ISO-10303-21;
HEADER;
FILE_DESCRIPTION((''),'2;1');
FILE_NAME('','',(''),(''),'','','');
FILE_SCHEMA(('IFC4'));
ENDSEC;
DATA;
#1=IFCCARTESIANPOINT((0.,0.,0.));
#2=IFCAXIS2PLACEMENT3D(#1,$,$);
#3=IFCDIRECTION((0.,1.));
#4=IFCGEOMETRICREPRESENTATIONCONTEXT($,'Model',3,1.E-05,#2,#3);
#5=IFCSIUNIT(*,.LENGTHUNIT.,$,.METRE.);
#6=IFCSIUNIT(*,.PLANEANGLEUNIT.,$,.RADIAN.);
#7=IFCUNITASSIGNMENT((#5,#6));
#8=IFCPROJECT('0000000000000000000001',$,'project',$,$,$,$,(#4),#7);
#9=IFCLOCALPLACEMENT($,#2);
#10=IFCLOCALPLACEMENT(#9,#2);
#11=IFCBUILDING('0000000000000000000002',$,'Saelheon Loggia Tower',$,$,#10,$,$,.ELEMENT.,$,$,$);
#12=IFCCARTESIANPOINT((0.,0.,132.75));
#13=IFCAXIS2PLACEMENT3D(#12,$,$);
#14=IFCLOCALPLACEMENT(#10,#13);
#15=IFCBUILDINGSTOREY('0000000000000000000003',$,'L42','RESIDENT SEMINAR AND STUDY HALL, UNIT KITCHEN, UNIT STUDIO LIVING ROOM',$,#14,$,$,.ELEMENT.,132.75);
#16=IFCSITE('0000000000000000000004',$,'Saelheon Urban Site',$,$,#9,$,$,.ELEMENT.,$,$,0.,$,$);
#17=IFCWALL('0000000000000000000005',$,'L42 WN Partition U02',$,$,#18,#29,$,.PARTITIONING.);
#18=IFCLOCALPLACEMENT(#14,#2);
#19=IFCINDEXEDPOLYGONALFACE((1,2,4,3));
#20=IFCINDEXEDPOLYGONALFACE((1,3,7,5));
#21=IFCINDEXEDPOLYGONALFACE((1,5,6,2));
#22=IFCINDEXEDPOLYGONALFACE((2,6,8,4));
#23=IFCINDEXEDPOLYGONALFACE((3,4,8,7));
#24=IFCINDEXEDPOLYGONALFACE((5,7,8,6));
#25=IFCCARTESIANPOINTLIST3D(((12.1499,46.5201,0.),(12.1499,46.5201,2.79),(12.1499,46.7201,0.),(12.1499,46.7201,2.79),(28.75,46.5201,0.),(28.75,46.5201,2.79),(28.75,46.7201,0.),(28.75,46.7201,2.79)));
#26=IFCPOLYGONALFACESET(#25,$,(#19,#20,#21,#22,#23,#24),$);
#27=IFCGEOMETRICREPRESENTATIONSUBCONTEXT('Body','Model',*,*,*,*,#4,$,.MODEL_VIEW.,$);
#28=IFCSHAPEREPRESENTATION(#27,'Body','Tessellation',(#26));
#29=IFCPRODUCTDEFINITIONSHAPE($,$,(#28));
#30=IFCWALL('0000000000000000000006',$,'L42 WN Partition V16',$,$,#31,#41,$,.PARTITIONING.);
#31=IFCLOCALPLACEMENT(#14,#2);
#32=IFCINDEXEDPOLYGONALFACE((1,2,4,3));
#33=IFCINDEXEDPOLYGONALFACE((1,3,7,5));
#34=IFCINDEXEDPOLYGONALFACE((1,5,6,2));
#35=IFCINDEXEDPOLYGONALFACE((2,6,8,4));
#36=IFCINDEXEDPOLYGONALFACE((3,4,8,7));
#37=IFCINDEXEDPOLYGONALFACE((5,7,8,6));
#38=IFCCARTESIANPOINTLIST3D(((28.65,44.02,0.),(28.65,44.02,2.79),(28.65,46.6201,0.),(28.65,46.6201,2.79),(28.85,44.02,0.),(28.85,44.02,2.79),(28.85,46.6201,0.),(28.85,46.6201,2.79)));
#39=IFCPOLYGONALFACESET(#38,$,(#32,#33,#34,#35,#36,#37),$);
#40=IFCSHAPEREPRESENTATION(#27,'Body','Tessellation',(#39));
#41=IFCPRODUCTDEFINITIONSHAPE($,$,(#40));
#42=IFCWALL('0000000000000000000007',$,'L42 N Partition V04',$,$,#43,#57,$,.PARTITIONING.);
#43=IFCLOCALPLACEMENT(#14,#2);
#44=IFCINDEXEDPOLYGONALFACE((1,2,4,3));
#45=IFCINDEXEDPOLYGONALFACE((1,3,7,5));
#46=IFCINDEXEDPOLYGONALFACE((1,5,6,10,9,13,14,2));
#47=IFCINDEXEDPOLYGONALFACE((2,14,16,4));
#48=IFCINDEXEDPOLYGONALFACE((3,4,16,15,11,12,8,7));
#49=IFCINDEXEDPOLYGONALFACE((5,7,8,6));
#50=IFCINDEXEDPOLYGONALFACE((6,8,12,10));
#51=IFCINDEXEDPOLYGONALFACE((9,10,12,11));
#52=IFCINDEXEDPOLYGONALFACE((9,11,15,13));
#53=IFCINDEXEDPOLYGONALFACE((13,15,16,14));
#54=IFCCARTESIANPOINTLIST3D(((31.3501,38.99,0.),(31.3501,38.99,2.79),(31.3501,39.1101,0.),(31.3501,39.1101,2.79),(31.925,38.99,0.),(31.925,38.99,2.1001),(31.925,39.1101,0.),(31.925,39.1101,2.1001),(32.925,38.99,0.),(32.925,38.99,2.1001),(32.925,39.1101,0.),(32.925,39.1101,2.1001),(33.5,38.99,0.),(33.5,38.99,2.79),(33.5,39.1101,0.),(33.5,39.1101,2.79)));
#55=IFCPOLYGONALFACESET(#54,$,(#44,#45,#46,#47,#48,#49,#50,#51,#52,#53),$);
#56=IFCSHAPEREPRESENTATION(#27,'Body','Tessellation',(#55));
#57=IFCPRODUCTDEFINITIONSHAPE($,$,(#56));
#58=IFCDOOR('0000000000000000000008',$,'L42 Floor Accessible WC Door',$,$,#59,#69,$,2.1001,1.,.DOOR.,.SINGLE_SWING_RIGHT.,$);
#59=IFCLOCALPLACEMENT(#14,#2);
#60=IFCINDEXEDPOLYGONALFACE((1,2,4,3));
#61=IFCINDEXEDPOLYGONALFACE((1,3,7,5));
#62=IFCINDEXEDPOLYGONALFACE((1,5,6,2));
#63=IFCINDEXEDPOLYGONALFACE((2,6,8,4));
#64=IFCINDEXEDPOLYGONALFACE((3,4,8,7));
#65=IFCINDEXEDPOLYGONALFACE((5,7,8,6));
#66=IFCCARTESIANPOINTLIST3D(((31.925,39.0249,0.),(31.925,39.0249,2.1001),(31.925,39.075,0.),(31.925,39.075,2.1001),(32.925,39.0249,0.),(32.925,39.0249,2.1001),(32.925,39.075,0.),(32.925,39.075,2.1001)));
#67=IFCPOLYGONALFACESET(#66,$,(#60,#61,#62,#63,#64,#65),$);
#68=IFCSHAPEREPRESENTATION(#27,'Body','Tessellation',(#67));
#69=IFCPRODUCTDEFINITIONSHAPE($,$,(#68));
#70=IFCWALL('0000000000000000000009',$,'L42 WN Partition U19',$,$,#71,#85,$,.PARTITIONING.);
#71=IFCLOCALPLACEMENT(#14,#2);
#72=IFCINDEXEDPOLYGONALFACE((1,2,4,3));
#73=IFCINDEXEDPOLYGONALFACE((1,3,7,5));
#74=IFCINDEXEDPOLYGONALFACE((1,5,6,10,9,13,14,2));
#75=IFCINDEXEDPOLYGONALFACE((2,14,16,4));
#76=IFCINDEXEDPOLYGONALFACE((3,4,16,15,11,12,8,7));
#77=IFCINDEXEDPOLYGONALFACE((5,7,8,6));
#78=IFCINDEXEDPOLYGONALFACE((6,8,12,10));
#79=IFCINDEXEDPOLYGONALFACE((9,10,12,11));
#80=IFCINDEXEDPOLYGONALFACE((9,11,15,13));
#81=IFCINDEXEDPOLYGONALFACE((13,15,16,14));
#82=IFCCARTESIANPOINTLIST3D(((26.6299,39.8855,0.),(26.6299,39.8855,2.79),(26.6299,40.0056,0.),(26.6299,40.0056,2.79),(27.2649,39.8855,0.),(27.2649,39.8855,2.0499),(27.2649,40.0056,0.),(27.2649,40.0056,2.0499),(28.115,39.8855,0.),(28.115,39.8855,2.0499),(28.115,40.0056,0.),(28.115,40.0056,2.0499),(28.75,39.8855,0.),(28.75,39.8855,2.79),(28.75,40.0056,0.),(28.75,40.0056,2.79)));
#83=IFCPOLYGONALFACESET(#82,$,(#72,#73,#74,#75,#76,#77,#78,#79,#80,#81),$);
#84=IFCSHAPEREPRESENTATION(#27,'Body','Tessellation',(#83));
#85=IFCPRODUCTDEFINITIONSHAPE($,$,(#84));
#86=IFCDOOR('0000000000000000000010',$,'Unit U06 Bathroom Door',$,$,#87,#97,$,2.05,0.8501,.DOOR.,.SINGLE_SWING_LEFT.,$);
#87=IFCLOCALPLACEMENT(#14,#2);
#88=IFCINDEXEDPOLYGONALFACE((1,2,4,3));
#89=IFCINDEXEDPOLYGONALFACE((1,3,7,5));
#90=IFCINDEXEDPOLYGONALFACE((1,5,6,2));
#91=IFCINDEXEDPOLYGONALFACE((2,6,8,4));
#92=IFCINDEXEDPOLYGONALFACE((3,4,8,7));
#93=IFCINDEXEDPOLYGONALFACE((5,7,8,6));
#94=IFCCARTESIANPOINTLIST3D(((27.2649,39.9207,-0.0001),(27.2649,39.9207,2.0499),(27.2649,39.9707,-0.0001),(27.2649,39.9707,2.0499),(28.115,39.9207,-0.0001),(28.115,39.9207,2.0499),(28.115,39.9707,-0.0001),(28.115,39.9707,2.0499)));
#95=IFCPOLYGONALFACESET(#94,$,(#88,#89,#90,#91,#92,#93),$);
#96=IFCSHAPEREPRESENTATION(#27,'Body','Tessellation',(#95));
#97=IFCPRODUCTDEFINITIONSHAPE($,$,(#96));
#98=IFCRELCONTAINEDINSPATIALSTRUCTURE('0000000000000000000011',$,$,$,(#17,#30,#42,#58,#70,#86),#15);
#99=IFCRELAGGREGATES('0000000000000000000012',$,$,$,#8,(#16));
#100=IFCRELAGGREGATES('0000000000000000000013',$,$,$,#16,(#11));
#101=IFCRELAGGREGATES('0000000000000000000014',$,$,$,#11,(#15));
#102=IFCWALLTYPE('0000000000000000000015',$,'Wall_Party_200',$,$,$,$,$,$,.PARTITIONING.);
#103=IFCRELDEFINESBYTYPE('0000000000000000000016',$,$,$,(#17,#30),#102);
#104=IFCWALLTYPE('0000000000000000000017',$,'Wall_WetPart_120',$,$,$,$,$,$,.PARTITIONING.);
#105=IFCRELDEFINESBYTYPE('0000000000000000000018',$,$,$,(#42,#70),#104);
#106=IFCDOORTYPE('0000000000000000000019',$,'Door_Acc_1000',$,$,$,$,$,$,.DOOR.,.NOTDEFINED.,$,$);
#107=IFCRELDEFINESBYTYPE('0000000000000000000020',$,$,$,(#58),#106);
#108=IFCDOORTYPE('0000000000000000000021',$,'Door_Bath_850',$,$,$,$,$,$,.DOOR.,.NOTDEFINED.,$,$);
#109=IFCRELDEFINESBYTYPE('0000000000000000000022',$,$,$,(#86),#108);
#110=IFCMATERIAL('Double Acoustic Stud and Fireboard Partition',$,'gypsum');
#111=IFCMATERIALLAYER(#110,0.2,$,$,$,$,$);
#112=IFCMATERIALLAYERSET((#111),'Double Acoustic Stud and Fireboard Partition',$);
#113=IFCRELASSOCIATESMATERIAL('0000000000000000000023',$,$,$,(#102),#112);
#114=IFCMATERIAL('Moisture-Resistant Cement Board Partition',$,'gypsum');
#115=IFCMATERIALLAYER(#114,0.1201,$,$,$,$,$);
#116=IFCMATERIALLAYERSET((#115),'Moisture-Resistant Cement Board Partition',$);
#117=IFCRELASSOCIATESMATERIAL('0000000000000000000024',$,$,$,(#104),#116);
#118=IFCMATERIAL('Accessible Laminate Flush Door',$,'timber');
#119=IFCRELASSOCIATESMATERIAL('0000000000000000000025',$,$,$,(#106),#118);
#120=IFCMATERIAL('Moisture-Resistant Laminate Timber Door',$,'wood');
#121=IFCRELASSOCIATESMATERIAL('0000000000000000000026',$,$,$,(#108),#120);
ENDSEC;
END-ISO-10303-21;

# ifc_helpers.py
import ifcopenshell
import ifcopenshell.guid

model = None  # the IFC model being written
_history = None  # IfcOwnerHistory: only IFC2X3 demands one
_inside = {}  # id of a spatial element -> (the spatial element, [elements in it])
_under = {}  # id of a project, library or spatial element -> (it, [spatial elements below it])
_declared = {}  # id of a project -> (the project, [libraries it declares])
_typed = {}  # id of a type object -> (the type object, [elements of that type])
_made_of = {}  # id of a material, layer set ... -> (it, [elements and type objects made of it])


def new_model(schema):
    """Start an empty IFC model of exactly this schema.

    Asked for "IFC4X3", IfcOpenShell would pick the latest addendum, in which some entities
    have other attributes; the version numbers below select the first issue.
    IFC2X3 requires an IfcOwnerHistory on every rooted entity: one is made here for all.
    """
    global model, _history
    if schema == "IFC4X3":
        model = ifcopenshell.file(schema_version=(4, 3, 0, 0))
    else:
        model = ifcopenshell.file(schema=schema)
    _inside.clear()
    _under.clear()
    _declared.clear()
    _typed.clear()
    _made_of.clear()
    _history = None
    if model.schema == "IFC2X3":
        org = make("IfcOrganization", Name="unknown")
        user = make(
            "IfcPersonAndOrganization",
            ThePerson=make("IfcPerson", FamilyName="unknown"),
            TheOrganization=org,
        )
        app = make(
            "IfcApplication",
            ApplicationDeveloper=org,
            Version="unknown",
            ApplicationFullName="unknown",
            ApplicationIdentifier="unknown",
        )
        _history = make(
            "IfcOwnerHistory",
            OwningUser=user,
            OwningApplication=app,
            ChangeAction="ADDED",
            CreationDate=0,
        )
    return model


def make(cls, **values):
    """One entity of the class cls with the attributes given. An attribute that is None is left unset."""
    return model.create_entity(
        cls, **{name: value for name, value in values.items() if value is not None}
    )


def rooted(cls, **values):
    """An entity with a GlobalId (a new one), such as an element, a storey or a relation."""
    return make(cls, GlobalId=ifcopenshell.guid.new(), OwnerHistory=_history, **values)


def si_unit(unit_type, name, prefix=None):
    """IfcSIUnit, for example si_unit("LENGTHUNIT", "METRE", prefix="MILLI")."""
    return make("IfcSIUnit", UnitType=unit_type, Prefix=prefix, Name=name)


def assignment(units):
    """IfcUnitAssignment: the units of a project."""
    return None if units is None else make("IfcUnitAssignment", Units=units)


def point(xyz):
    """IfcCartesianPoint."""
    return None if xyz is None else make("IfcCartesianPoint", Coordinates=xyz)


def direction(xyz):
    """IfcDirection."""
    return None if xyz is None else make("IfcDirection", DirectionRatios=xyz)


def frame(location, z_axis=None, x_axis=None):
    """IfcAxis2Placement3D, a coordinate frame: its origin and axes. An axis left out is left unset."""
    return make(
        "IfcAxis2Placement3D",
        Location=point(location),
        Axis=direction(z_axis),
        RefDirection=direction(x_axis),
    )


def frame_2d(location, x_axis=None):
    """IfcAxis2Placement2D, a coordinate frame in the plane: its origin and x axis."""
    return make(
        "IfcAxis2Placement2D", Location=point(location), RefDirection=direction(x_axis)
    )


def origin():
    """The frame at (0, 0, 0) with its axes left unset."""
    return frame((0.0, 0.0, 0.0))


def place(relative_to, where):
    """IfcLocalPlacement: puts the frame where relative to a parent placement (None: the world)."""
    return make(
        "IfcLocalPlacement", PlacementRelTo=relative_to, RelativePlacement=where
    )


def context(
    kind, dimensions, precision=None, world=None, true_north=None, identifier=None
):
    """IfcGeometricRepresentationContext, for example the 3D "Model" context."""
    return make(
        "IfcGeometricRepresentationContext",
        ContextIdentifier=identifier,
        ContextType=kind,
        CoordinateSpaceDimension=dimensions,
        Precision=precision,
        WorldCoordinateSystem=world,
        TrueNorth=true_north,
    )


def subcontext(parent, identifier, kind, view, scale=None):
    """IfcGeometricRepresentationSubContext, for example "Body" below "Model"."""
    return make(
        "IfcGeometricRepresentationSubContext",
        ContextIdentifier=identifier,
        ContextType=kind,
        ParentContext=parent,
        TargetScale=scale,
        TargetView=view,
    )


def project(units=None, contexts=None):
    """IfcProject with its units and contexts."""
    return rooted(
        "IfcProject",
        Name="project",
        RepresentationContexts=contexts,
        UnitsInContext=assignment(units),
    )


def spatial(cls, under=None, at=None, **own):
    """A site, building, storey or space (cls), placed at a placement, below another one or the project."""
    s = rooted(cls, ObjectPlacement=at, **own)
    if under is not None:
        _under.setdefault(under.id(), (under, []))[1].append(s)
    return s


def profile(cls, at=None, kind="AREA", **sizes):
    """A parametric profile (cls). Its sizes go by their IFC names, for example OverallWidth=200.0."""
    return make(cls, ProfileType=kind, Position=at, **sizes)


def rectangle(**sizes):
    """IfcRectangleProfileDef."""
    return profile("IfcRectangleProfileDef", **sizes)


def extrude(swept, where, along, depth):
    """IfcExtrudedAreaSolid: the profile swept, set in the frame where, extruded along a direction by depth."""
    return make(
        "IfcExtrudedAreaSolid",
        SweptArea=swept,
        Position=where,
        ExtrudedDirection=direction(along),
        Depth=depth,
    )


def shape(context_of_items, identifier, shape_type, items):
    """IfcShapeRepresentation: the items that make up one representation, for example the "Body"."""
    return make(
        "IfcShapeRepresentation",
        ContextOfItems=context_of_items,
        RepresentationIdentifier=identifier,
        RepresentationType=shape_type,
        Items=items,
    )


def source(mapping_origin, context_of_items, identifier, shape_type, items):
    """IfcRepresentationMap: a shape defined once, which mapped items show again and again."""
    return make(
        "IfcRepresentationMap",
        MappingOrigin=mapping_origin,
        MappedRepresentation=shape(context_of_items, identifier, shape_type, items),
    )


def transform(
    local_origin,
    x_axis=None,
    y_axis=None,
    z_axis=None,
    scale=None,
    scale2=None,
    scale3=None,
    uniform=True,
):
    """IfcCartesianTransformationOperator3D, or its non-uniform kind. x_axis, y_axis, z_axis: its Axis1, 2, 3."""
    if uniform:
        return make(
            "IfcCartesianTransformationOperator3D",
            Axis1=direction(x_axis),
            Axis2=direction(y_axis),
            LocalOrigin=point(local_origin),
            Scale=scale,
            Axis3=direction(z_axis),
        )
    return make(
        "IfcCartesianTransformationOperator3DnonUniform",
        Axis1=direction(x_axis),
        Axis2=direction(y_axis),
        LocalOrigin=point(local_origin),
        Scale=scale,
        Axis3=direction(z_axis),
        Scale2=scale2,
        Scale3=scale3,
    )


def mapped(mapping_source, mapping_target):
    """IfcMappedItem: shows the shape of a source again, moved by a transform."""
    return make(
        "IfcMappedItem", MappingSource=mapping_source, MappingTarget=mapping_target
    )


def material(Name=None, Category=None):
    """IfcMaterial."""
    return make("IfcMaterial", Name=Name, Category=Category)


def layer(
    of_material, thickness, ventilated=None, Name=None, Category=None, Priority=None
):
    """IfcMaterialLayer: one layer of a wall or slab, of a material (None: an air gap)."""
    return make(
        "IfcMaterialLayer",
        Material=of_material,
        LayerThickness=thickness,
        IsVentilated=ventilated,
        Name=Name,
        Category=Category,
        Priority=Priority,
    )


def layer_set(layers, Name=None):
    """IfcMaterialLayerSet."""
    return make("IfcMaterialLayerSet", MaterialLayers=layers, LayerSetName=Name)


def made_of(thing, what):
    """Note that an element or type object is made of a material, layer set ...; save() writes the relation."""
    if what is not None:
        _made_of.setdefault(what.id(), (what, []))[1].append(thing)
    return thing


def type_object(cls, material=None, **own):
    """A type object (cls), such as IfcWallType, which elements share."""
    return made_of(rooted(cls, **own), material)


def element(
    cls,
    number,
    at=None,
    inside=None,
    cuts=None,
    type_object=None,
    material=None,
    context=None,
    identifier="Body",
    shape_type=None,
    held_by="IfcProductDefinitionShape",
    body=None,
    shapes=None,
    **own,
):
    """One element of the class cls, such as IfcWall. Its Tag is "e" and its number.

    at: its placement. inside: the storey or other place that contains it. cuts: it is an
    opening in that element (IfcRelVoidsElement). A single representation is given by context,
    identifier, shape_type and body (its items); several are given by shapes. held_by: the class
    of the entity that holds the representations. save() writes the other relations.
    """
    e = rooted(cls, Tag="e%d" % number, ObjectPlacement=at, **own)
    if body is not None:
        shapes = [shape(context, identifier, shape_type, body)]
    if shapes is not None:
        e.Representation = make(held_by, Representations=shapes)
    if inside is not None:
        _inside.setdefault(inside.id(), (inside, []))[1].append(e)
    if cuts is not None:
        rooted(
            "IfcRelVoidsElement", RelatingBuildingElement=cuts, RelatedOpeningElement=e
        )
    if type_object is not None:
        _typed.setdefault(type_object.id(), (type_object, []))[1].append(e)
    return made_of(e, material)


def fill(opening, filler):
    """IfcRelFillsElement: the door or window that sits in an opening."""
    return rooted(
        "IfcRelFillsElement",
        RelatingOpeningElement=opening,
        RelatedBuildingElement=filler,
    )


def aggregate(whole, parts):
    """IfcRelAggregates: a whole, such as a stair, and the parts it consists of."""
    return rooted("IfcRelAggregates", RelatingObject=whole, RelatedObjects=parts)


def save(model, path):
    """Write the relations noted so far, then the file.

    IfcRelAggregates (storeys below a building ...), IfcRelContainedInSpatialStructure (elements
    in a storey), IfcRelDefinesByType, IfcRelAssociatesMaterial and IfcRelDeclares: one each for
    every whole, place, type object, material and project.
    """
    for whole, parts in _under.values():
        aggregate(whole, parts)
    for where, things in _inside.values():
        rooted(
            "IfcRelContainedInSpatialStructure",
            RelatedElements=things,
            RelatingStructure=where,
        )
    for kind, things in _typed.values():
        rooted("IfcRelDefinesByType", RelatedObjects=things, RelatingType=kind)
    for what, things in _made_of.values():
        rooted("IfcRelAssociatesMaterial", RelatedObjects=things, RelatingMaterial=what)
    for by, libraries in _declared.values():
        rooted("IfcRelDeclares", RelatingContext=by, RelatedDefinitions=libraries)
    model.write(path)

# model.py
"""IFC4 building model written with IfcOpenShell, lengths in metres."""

from ifc_helpers import new_model, si_unit, direction, frame, frame_2d, origin, place, context, subcontext, project, spatial, rectangle, extrude, source, transform, mapped, material, layer, layer_set, type_object, element, fill, save


model = new_model("IFC4")

# Units and contexts
model_context = context("Model", 3, precision=1e-05, world=origin(), true_north=direction((0.0, 1.0)))
body_context = subcontext(model_context, "Body", "Model", "MODEL_VIEW")
ifc_project = project(units=[si_unit("LENGTHUNIT", "METRE"), si_unit("PLANEANGLEUNIT", "RADIAN")], contexts=[model_context])

# Site, building, storey
site_placement = place(None, origin())
site = spatial("IfcSite", under=ifc_project, at=site_placement, Name="Saelheon Urban Site", CompositionType="ELEMENT", RefElevation=0.0)
building_placement = place(site_placement, origin())
building = spatial("IfcBuilding", under=site, at=building_placement, Name="Saelheon Loggia Tower", CompositionType="ELEMENT")
storey_placement = place(building_placement, frame((0.0, 0.0, 132.75)))
storey = spatial("IfcBuildingStorey", under=building, at=storey_placement, Name="L42", Description="RESIDENT SEMINAR AND STUDY HALL, UNIT KITCHEN, UNIT STUDIO LIVING ROOM", CompositionType="ELEMENT", Elevation=132.75)

# Wall
ifc_material_1 = material(Name="Double Acoustic Stud and Fireboard Partition", Category="gypsum")
ifc_layer_1 = layer(ifc_material_1, 0.2)
ifc_layer_set_1 = layer_set([ifc_layer_1], Name="Double Acoustic Stud and Fireboard Partition")
wall_type_1 = type_object("IfcWallType", Name="Wall_Party_200", PredefinedType="PARTITIONING", material=ifc_layer_set_1)
wall_1_placement = place(storey_placement, frame((28.75, 46.6201, 0.0), z_axis=(0.0, 0.0, 1.0), x_axis=(-1.0, 0.0, 0.0)))
element("IfcWall", 1, at=wall_1_placement, inside=storey, type_object=wall_type_1, Name="L42 WN Partition U02", PredefinedType="PARTITIONING", context=body_context, shape_type="SweptSolid", body=[
    extrude(rectangle(XDim=16.6001, YDim=0.2, at=frame_2d((8.3, 0.0))), origin(), (0.0, 0.0, 1.0), 2.79),
])

# Wall
wall_2_placement = place(storey_placement, frame((28.75, 44.02, 0.0), z_axis=(0.0, 0.0, 1.0), x_axis=(0.0, 1.0, 0.0)))
element("IfcWall", 2, at=wall_2_placement, inside=storey, type_object=wall_type_1, Name="L42 WN Partition V16", PredefinedType="PARTITIONING", context=body_context, shape_type="SweptSolid", body=[
    extrude(rectangle(XDim=2.6001, YDim=0.2, at=frame_2d((1.3, 0.0))), origin(), (0.0, 0.0, 1.0), 2.79),
])

# Walls, openings, doors
ifc_material_2 = material(Name="Moisture-Resistant Cement Board Partition", Category="gypsum")
ifc_layer_2 = layer(ifc_material_2, 0.1201)
ifc_layer_set_2 = layer_set([ifc_layer_2], Name="Moisture-Resistant Cement Board Partition")
wall_type_2 = type_object("IfcWallType", Name="Wall_WetPart_120", PredefinedType="PARTITIONING", material=ifc_layer_set_2)
wall_3_placement = place(storey_placement, frame((31.3501, 39.05, 0.0), z_axis=(0.0, 0.0, 1.0), x_axis=(1.0, 0.0, 0.0)))
wall_3 = element("IfcWall", 3, at=wall_3_placement, inside=storey, type_object=wall_type_2, Name="L42 N Partition V04", PredefinedType="PARTITIONING", context=body_context, shape_type="SweptSolid", body=[
    extrude(rectangle(XDim=2.1499, YDim=0.1201, at=frame_2d((1.075, 0.0))), origin(), (0.0, 0.0, 1.0), 2.79),
])
opening_1_placement = place(wall_3_placement, frame((0.575, 0.0, 0.0)))
opening_1 = element("IfcOpeningElement", 4, at=opening_1_placement, cuts=wall_3, PredefinedType="OPENING", context=body_context, shape_type="SweptSolid", body=[
    extrude(rectangle(XDim=1.0, YDim=2.1001, at=frame_2d((0.5, 1.05))), frame((0.0, 0.072, 0.0), z_axis=(0.0, -1.0, 0.0), x_axis=(1.0, 0.0, 0.0)), (0.0, 0.0, 1.0), 0.144),
])
ifc_material_3 = material(Name="Accessible Laminate Flush Door", Category="timber")
door_type_1 = type_object("IfcDoorType", Name="Door_Acc_1000", OperationType="NOTDEFINED", PredefinedType="DOOR", material=ifc_material_3)
shared_shape_1 = source(origin(), body_context, "Body", "SweptSolid", [
    extrude(rectangle(XDim=1.0, YDim=2.1001, at=frame_2d((0.5, 1.05))), frame((0.0, 0.0249, 0.0), z_axis=(0.0, -1.0, 0.0), x_axis=(1.0, 0.0, 0.0)), (0.0, 0.0, 1.0), 0.05),
])
door_1_placement = place(opening_1_placement, origin())
door_1 = element("IfcDoor", 5, at=door_1_placement, inside=storey, type_object=door_type_1, Name="L42 Floor Accessible WC Door", OperationType="SINGLE_SWING_RIGHT", OverallHeight=2.1001, OverallWidth=1.0, PredefinedType="DOOR", context=body_context, shape_type="MappedRepresentation", body=[
    mapped(shared_shape_1, transform((0.0, 0.0, 0.0), scale=1.0)),
])
fill(opening_1, door_1)
wall_4_placement = place(storey_placement, frame((28.75, 39.9456, 0.0), z_axis=(0.0, 0.0, 1.0), x_axis=(-1.0, 0.0, 0.0)))
wall_4 = element("IfcWall", 6, at=wall_4_placement, inside=storey, type_object=wall_type_2, Name="L42 WN Partition U19", PredefinedType="PARTITIONING", context=body_context, shape_type="SweptSolid", body=[
    extrude(rectangle(XDim=2.1201, YDim=0.1201, at=frame_2d((1.0601, 0.0))), origin(), (0.0, 0.0, 1.0), 2.79),
])
opening_2_placement = place(wall_4_placement, frame((0.635, 0.0, 0.0)))
opening_2 = element("IfcOpeningElement", 7, at=opening_2_placement, cuts=wall_4, PredefinedType="OPENING", context=body_context, shape_type="SweptSolid", body=[
    extrude(rectangle(XDim=0.8501, YDim=2.05, at=frame_2d((0.425, 1.0249))), frame((0.0, 0.072, 0.0), z_axis=(0.0, -1.0, 0.0), x_axis=(1.0, 0.0, 0.0)), (0.0, 0.0, 1.0), 0.144),
])
ifc_material_4 = material(Name="Moisture-Resistant Laminate Timber Door", Category="wood")
door_type_2 = type_object("IfcDoorType", Name="Door_Bath_850", OperationType="NOTDEFINED", PredefinedType="DOOR", material=ifc_material_4)
shared_shape_2 = source(origin(), body_context, "Body", "SweptSolid", [
    extrude(rectangle(XDim=0.8501, YDim=2.05, at=frame_2d((0.425, 1.0249))), frame((0.0, 0.0249, 0.0), z_axis=(0.0, -1.0, 0.0), x_axis=(1.0, 0.0, 0.0)), (0.0, 0.0, 1.0), 0.05),
])
door_2_placement = place(opening_2_placement, origin())
door_2 = element("IfcDoor", 8, at=door_2_placement, inside=storey, type_object=door_type_2, Name="Unit U06 Bathroom Door", OperationType="SINGLE_SWING_LEFT", OverallHeight=2.05, OverallWidth=0.8501, PredefinedType="DOOR", context=body_context, shape_type="MappedRepresentation", body=[
    mapped(shared_shape_2, transform((0.0, 0.0, 0.0), scale=1.0)),
])
fill(opening_2, door_2)

save(model, "model.ifc")
